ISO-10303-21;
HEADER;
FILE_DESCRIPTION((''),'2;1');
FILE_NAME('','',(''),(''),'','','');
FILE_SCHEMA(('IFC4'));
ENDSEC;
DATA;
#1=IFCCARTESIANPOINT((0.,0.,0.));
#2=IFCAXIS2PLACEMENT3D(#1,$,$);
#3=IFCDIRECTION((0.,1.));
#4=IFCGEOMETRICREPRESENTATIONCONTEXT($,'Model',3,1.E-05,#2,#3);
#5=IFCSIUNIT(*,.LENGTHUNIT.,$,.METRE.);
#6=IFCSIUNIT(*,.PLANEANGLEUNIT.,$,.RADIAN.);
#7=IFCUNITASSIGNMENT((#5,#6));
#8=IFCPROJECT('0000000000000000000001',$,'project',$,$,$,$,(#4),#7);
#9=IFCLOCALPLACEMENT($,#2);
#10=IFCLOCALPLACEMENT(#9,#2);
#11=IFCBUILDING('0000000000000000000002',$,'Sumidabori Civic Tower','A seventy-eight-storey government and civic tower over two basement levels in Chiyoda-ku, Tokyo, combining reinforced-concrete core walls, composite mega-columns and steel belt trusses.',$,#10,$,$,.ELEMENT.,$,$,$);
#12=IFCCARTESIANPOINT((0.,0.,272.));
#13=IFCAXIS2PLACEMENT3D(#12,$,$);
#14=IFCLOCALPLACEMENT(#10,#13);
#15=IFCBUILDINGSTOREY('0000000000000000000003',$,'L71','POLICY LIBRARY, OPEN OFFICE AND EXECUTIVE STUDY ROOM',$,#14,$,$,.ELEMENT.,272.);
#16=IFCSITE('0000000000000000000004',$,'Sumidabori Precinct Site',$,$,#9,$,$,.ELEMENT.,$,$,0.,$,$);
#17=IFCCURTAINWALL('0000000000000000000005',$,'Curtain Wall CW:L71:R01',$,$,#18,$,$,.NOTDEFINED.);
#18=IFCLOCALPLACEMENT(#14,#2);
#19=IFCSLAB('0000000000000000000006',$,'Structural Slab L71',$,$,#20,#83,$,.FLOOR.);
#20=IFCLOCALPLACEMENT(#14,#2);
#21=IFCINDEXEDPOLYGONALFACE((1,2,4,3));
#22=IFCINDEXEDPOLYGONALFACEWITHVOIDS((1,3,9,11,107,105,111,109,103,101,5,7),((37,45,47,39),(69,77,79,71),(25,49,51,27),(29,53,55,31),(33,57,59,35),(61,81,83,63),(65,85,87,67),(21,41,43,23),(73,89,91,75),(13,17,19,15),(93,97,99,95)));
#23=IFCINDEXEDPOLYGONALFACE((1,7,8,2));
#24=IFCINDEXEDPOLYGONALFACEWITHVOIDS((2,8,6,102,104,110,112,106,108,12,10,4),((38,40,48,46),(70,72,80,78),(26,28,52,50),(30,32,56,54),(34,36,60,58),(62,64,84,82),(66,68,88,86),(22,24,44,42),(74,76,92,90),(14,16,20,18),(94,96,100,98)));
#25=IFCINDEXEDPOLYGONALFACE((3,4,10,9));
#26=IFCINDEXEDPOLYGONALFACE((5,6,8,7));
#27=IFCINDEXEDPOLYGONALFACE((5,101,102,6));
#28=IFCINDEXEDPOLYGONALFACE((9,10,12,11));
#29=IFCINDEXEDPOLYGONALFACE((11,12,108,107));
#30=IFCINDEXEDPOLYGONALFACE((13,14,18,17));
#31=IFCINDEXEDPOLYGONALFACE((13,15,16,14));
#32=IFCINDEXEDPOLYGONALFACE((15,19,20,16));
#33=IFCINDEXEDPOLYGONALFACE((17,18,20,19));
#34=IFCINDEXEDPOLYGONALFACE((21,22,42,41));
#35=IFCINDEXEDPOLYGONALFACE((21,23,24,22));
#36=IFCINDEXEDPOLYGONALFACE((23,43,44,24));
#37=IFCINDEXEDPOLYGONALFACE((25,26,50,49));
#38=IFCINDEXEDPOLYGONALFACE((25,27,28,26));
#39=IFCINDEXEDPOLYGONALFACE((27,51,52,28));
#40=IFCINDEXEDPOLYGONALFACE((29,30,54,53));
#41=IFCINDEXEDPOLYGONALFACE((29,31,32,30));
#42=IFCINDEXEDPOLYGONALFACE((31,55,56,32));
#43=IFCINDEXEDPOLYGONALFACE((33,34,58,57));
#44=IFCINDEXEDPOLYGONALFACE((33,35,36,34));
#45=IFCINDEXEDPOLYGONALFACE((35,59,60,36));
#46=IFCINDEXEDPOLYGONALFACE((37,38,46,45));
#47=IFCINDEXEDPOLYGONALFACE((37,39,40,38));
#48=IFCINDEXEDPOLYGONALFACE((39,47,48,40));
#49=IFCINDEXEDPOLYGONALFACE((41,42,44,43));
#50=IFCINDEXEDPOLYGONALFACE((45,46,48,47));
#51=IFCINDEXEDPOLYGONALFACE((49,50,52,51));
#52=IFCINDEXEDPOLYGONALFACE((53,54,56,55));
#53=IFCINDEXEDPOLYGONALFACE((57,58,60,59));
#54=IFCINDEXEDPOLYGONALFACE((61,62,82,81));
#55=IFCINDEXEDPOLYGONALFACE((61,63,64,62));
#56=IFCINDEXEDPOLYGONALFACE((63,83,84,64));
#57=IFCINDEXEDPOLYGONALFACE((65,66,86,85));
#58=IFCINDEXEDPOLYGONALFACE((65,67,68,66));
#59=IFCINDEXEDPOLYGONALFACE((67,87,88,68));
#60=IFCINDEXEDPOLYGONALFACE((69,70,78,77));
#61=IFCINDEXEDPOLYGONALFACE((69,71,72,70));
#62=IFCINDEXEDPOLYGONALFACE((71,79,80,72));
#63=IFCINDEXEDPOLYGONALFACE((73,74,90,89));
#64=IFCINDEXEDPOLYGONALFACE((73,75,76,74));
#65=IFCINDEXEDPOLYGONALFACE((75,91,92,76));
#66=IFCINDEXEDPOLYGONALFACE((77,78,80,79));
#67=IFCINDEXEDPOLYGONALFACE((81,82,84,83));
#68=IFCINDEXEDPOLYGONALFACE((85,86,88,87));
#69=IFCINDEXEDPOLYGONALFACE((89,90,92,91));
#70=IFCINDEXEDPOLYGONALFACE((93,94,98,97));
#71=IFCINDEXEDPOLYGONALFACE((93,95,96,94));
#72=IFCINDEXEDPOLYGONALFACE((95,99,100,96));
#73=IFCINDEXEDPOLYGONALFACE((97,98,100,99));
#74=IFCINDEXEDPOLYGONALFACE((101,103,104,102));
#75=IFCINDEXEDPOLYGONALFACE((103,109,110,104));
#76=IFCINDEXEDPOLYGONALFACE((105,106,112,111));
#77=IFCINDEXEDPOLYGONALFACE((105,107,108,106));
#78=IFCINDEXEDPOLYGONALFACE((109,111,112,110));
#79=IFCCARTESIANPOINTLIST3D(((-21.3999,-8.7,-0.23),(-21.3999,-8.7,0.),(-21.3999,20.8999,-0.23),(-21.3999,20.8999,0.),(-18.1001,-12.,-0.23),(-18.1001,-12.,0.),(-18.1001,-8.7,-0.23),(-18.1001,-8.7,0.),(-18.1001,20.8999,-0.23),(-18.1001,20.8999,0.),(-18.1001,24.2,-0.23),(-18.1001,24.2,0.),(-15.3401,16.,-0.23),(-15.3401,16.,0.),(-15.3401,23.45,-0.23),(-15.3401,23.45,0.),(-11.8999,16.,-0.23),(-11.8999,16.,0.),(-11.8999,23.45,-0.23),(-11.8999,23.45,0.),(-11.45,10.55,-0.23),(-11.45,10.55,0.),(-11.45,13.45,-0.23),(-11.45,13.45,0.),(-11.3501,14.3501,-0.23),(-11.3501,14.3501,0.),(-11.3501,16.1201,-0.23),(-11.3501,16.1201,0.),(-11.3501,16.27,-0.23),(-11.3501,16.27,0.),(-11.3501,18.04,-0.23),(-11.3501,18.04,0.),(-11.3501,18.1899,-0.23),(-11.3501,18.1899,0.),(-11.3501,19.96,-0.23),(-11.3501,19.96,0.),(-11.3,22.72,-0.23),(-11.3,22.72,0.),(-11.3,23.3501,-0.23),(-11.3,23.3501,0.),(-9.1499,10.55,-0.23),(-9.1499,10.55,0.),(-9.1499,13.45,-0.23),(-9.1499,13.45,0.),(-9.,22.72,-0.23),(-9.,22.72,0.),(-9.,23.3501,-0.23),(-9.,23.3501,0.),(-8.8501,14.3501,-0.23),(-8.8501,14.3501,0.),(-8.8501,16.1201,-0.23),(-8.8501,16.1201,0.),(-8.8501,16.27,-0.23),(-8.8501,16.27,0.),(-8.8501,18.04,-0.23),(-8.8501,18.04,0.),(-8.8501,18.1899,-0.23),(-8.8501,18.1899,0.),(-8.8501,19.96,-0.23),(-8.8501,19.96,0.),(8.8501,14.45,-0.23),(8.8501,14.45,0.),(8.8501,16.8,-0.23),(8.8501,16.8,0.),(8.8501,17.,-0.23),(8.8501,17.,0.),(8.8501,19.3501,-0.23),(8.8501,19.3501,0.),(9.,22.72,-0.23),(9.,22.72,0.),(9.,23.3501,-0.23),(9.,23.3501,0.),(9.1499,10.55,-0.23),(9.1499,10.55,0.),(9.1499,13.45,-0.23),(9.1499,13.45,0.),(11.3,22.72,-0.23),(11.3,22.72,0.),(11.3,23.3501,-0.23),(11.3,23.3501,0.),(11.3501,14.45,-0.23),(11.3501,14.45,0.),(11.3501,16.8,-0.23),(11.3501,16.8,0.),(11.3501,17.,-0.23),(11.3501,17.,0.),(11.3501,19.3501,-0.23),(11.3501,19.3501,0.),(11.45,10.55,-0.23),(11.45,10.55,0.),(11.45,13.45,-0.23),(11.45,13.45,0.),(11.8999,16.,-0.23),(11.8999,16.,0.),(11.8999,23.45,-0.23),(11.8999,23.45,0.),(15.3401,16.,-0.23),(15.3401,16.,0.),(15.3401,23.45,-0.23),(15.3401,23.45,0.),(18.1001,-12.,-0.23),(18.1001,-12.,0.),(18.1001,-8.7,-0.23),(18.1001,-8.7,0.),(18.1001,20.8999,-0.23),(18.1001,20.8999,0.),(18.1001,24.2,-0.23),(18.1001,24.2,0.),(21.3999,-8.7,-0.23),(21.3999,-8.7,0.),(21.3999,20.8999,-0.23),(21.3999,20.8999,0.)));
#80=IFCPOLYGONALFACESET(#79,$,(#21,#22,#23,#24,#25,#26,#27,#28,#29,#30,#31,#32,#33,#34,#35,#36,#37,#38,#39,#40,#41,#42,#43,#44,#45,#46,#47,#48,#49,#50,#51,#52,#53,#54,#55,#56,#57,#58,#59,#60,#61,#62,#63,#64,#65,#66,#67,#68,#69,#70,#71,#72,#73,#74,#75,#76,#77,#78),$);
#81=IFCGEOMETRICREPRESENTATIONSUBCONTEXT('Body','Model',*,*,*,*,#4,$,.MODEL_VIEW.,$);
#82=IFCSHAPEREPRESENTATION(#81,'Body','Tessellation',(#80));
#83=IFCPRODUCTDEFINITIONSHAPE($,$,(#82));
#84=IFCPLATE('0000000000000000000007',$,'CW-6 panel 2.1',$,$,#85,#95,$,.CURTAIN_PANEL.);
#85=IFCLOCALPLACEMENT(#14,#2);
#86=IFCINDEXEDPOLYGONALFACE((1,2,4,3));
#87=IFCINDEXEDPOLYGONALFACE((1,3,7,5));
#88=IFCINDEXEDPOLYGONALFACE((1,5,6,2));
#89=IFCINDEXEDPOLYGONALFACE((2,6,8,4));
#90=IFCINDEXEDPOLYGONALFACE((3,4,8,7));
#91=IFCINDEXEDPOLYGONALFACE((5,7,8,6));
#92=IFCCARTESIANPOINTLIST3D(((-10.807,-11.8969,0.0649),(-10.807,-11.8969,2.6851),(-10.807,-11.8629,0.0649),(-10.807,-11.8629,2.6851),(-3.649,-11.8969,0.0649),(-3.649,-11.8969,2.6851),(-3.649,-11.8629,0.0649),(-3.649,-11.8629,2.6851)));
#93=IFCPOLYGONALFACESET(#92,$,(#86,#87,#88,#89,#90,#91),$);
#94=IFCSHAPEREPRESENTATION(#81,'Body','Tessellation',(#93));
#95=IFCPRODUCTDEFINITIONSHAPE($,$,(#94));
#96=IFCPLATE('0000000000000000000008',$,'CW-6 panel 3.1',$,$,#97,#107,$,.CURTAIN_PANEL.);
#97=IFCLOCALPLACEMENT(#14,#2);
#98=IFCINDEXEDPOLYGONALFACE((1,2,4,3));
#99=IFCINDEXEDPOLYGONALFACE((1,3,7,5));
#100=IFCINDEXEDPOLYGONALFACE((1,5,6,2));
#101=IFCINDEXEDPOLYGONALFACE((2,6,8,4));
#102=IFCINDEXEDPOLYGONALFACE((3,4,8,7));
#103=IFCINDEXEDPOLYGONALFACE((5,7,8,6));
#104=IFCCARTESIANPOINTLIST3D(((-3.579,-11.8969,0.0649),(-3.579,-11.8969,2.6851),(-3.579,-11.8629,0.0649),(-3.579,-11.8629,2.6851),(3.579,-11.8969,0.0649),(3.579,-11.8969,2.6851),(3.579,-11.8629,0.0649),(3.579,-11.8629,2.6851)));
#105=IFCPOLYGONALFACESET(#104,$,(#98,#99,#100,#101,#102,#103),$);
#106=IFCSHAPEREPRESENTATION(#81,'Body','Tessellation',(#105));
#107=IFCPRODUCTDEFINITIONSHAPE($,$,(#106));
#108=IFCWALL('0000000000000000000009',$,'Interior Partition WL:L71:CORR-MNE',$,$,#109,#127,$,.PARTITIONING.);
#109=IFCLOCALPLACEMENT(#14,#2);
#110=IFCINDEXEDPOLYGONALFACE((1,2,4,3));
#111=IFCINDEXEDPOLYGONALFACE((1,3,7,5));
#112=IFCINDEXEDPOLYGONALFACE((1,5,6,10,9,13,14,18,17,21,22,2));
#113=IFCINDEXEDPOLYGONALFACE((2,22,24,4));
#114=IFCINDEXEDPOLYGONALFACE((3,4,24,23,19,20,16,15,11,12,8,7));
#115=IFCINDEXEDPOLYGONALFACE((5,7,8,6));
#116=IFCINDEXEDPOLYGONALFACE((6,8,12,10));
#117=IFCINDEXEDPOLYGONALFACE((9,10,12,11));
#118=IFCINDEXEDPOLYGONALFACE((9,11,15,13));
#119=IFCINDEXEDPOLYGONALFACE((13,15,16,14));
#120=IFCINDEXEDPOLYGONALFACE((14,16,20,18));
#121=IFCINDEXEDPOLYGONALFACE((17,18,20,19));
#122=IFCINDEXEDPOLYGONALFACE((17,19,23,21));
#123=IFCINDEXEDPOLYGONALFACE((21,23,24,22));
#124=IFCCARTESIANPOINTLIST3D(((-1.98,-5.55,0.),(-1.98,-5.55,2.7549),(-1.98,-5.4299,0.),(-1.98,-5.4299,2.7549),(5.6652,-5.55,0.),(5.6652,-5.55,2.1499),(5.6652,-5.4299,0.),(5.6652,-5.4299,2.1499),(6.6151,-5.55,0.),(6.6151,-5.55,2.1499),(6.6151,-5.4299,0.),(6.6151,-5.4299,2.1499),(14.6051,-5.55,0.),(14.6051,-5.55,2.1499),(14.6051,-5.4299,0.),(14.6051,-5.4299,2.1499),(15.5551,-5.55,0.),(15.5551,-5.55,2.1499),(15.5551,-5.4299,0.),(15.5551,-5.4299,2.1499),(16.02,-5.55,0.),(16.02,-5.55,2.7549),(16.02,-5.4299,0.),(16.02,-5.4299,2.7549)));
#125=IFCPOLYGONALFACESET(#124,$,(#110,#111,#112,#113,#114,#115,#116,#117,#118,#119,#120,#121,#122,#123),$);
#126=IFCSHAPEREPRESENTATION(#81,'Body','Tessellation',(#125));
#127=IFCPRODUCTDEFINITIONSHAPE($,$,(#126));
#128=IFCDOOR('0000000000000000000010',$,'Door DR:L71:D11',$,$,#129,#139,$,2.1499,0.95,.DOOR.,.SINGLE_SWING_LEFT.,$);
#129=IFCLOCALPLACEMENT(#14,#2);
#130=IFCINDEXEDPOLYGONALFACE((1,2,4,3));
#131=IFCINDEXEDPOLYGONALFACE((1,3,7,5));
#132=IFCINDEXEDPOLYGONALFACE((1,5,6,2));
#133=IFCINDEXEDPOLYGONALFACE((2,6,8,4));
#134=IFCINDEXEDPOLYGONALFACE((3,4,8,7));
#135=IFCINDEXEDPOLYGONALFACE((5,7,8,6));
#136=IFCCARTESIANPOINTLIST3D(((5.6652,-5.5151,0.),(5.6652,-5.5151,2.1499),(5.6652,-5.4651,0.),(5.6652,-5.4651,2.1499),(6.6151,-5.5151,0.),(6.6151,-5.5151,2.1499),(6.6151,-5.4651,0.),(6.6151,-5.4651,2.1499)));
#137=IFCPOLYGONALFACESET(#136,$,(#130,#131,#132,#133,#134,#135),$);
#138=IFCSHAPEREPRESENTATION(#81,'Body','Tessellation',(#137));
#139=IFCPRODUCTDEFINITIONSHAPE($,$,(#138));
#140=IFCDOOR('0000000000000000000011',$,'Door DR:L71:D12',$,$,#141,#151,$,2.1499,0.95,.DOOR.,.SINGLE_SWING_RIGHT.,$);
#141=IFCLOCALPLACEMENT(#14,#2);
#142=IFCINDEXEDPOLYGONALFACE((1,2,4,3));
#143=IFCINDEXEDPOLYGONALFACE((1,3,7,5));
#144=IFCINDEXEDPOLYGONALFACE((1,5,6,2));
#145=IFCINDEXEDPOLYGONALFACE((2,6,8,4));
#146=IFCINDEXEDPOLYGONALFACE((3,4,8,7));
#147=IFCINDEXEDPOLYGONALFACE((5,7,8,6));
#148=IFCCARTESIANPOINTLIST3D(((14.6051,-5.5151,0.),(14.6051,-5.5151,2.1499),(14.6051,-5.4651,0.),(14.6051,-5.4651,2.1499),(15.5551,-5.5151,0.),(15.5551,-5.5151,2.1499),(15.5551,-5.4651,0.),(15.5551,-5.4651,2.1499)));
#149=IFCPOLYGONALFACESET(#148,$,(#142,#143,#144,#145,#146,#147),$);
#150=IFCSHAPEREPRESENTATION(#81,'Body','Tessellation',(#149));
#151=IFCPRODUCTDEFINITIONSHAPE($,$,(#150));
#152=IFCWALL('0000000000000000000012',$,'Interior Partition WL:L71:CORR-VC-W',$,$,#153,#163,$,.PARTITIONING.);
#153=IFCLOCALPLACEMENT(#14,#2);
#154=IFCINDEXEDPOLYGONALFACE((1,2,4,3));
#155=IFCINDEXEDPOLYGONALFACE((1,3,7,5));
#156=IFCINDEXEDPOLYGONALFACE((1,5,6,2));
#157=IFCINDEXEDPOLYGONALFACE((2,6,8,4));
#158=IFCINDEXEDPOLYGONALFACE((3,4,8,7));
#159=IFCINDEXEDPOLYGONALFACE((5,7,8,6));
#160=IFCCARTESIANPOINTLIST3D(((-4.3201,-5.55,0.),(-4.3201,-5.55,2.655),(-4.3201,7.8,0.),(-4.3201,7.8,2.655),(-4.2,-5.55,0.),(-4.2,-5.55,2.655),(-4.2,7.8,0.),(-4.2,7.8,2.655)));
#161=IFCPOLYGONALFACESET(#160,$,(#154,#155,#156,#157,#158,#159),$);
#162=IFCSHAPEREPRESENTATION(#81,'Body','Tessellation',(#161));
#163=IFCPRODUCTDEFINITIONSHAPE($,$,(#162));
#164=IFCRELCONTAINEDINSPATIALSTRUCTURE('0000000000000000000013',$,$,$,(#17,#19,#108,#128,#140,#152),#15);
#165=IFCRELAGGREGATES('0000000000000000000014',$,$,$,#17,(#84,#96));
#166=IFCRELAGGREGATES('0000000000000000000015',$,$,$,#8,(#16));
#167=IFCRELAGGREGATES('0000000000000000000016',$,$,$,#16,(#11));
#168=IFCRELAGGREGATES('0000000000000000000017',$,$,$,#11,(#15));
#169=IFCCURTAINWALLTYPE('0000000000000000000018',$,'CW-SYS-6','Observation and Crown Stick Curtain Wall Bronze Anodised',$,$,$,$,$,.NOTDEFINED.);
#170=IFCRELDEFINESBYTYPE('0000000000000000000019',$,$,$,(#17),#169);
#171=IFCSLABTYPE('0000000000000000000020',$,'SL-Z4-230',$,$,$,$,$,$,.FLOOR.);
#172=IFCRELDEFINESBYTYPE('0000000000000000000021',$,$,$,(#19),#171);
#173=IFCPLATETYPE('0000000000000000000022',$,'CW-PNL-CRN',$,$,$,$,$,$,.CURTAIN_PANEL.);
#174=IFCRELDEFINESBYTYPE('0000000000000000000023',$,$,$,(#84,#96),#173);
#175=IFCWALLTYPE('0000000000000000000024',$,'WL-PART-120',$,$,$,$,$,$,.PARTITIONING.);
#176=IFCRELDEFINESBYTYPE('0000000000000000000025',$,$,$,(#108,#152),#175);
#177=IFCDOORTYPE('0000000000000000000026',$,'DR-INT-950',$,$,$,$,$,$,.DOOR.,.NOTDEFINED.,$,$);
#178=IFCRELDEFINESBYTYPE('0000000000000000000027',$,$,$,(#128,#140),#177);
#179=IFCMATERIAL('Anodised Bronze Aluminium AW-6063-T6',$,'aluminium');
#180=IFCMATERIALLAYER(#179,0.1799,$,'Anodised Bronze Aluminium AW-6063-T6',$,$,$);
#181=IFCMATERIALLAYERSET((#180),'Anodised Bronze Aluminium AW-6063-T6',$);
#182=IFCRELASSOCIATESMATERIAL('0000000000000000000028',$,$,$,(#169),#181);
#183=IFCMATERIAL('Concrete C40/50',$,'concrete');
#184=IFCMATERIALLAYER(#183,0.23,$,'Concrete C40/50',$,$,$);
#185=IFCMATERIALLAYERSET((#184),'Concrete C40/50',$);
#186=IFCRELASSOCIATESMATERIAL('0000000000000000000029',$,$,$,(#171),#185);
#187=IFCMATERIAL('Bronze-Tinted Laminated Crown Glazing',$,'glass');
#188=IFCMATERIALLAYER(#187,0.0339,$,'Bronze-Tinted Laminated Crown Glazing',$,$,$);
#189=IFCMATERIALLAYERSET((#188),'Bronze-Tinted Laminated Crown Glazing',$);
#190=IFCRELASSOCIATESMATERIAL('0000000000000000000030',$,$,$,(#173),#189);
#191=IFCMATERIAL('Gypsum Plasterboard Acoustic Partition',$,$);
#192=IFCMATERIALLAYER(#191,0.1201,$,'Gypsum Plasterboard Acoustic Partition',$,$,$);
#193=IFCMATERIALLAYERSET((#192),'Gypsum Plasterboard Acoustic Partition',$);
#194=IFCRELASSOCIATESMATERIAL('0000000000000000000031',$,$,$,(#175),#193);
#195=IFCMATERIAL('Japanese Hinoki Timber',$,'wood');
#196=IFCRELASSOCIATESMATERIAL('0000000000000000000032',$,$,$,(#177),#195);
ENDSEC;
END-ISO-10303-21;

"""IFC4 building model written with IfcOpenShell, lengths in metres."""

from ifc_helpers import new_model, si_unit, direction, frame, frame_2d, origin, origin_2d, place, context, subcontext, project, spatial, polyline, rectangle, outline, extrude, source, transform, mapped, material, layer, layer_set, type_object, element, fill, aggregate, save


model = new_model("IFC4")

# Units and contexts
model_context = context("Model", 3, precision=1e-05, world=origin(), true_north=direction((0.0, 1.0)))
body_context = subcontext(model_context, "Body", "Model", "MODEL_VIEW")
ifc_project = project(units=[si_unit("LENGTHUNIT", "METRE"), si_unit("PLANEANGLEUNIT", "RADIAN")], contexts=[model_context])

# Site, building, storey
site_placement = place(None, origin())
site = spatial("IfcSite", under=ifc_project, at=site_placement, Name="Sumidabori Precinct Site", CompositionType="ELEMENT", RefElevation=0.0)
building_placement = place(site_placement, origin())
building = spatial("IfcBuilding", under=site, at=building_placement, Name="Sumidabori Civic Tower", Description="A seventy-eight-storey government and civic tower over two basement levels in Chiyoda-ku, Tokyo, combining reinforced-concrete core walls, composite mega-columns and steel belt trusses.", CompositionType="ELEMENT")
storey_placement = place(building_placement, frame((0.0, 0.0, 272.0)))
storey = spatial("IfcBuildingStorey", under=building, at=storey_placement, Name="L71", Description="POLICY LIBRARY, OPEN OFFICE AND EXECUTIVE STUDY ROOM", CompositionType="ELEMENT", Elevation=272.0)

# Curtain wall
ifc_material_1 = material(Name="Anodised Bronze Aluminium AW-6063-T6", Category="aluminium")
ifc_layer_1 = layer(ifc_material_1, 0.1799, Name="Anodised Bronze Aluminium AW-6063-T6")
ifc_layer_set_1 = layer_set([ifc_layer_1], Name="Anodised Bronze Aluminium AW-6063-T6")
curtain_wall_type = type_object("IfcCurtainWallType", Name="CW-SYS-6", Description="Observation and Crown Stick Curtain Wall Bronze Anodised", PredefinedType="NOTDEFINED", material=ifc_layer_set_1)
curtain_wall_placement = place(storey_placement, origin())
curtain_wall = element("IfcCurtainWall", 1, at=curtain_wall_placement, inside=storey, type_object=curtain_wall_type, Name="Curtain Wall CW:L71:R01", PredefinedType="NOTDEFINED")

# Slab
ifc_material_2 = material(Name="Concrete C40/50", Category="concrete")
ifc_layer_2 = layer(ifc_material_2, 0.23, Name="Concrete C40/50")
ifc_layer_set_2 = layer_set([ifc_layer_2], Name="Concrete C40/50")
slab_type_1 = type_object("IfcSlabType", Name="SL-Z4-230", PredefinedType="FLOOR", material=ifc_layer_set_2)
slab_1_placement = place(storey_placement, frame((0.0, 0.0, -0.23)))
element("IfcSlab", 2, at=slab_1_placement, inside=storey, type_object=slab_type_1, Name="Structural Slab L71", PredefinedType="FLOOR", context=body_context, shape_type="SweptSolid", body=[
    extrude(outline(polyline([(-18.1001, -12.0), (18.1001, -12.0), (18.1001, -8.7), (21.3999, -8.7), (21.3999, 20.8999), (18.1001, 20.8999), (18.1001, 24.2), (-18.1001, 24.2), (-18.1001, 20.8999), (-21.3999, 20.8999), (-21.3999, -8.7), (-18.1001, -8.7), (-18.1001, -12.0)]), holes=[polyline([(-11.8999, 16.0), (-11.8999, 23.45), (-15.3401, 23.45), (-15.3401, 16.0), (-11.8999, 16.0)]), polyline([(15.3401, 16.0), (15.3401, 23.45), (11.8999, 23.45), (11.8999, 16.0), (15.3401, 16.0)]), polyline([(-11.45, 10.55), (-9.1499, 10.55), (-9.1499, 13.45), (-11.45, 13.45), (-11.45, 10.55)]), polyline([(9.1499, 10.55), (11.45, 10.55), (11.45, 13.45), (9.1499, 13.45), (9.1499, 10.55)]), polyline([(-11.3501, 14.3501), (-8.8501, 14.3501), (-8.8501, 16.1201), (-11.3501, 16.1201), (-11.3501, 14.3501)]), polyline([(-11.3501, 16.27), (-8.8501, 16.27), (-8.8501, 18.04), (-11.3501, 18.04), (-11.3501, 16.27)]), polyline([(-11.3501, 18.1899), (-8.8501, 18.1899), (-8.8501, 19.96), (-11.3501, 19.96), (-11.3501, 18.1899)]), polyline([(8.8501, 14.45), (11.3501, 14.45), (11.3501, 16.8), (8.8501, 16.8), (8.8501, 14.45)]), polyline([(8.8501, 17.0), (11.3501, 17.0), (11.3501, 19.3501), (8.8501, 19.3501), (8.8501, 17.0)]), polyline([(-11.3, 22.72), (-9.0, 22.72), (-9.0, 23.3501), (-11.3, 23.3501), (-11.3, 22.72)]), polyline([(9.0, 22.72), (11.3, 22.72), (11.3, 23.3501), (9.0, 23.3501), (9.0, 22.72)])]), origin(), (0.0, 0.0, 1.0), 0.23),
])

# Plates
ifc_material_3 = material(Name="Bronze-Tinted Laminated Crown Glazing", Category="glass")
ifc_layer_3 = layer(ifc_material_3, 0.0339, Name="Bronze-Tinted Laminated Crown Glazing")
ifc_layer_set_3 = layer_set([ifc_layer_3], Name="Bronze-Tinted Laminated Crown Glazing")
plate_type = type_object("IfcPlateType", Name="CW-PNL-CRN", PredefinedType="CURTAIN_PANEL", material=ifc_layer_set_3)
shared_shape_1 = source(origin(), body_context, "Body", "SweptSolid", [
    extrude(rectangle(XDim=7.158, YDim=0.0339, at=origin_2d()), origin(), (0.0, 0.0, 1.0), 2.6201),
])
plate_1_placement = place(storey_placement, frame((-7.228, -11.8799, 0.0649), z_axis=(0.0, 0.0, 1.0), x_axis=(1.0, 0.0, 0.0)))
plate_1 = element("IfcPlate", 3, at=plate_1_placement, type_object=plate_type, Name="CW-6 panel 2.1", PredefinedType="CURTAIN_PANEL", context=body_context, shape_type="MappedRepresentation", body=[
    mapped(shared_shape_1, transform((0.0, 0.0, 0.0), x_axis=(1.0, 0.0, 0.0), y_axis=(0.0, 1.0, 0.0), z_axis=(0.0, 0.0, 1.0), scale=1.0)),
])
plate_2_placement = place(storey_placement, frame((0.0, -11.8799, 0.0649), z_axis=(0.0, 0.0, 1.0), x_axis=(1.0, 0.0, 0.0)))
plate_2 = element("IfcPlate", 4, at=plate_2_placement, type_object=plate_type, Name="CW-6 panel 3.1", PredefinedType="CURTAIN_PANEL", context=body_context, shape_type="MappedRepresentation", body=[
    mapped(shared_shape_1, transform((0.0, 0.0, 0.0), x_axis=(1.0, 0.0, 0.0), y_axis=(0.0, 1.0, 0.0), z_axis=(0.0, 0.0, 1.0), scale=1.0)),
])
aggregate(curtain_wall, [plate_1, plate_2])

# Wall, openings, doors
ifc_material_4 = material(Name="Gypsum Plasterboard Acoustic Partition")
ifc_layer_4 = layer(ifc_material_4, 0.1201, Name="Gypsum Plasterboard Acoustic Partition")
ifc_layer_set_4 = layer_set([ifc_layer_4], Name="Gypsum Plasterboard Acoustic Partition")
wall_type = type_object("IfcWallType", Name="WL-PART-120", PredefinedType="PARTITIONING", material=ifc_layer_set_4)
shared_shape_2 = source(origin(), body_context, "Body", "SweptSolid", [
    extrude(rectangle(XDim=18.0, YDim=0.1201, at=frame_2d((9.0, 0.0))), origin(), (0.0, 0.0, 1.0), 2.7549),
])
wall_1_placement = place(storey_placement, frame((-1.98, -5.49, 0.0), z_axis=(0.0, 0.0, 1.0), x_axis=(1.0, 0.0, 0.0)))
wall_1 = element("IfcWall", 5, at=wall_1_placement, inside=storey, type_object=wall_type, Name="Interior Partition WL:L71:CORR-MNE", PredefinedType="PARTITIONING", context=body_context, shape_type="MappedRepresentation", body=[
    mapped(shared_shape_2, transform((0.0, 0.0, 0.0), x_axis=(1.0, 0.0, 0.0), y_axis=(0.0, 1.0, 0.0), z_axis=(0.0, 0.0, 1.0), scale=1.0)),
])
opening_1_placement = place(wall_1_placement, frame((7.645, 0.0, 0.0)))
opening_1 = element("IfcOpeningElement", 6, at=opening_1_placement, cuts=wall_1, PredefinedType="OPENING", context=body_context, shape_type="SweptSolid", body=[
    extrude(rectangle(XDim=0.95, YDim=2.1499, at=frame_2d((0.4751, 1.075))), frame((0.0, 0.072, 0.0), z_axis=(0.0, -1.0, 0.0), x_axis=(1.0, 0.0, 0.0)), (0.0, 0.0, 1.0), 0.144),
])
opening_2_placement = place(wall_1_placement, frame((16.585, 0.0, 0.0)))
opening_2 = element("IfcOpeningElement", 7, at=opening_2_placement, cuts=wall_1, PredefinedType="OPENING", context=body_context, shape_type="SweptSolid", body=[
    extrude(rectangle(XDim=0.95, YDim=2.1499, at=frame_2d((0.4751, 1.075))), frame((0.0, 0.072, 0.0), z_axis=(0.0, -1.0, 0.0), x_axis=(1.0, 0.0, 0.0)), (0.0, 0.0, 1.0), 0.144),
])
ifc_material_5 = material(Name="Japanese Hinoki Timber", Category="wood")
door_type = type_object("IfcDoorType", Name="DR-INT-950", OperationType="NOTDEFINED", PredefinedType="DOOR", material=ifc_material_5)
shared_shape_3 = source(origin(), body_context, "Body", "SweptSolid", [
    extrude(rectangle(XDim=0.95, YDim=2.1499, at=frame_2d((0.4751, 1.075))), frame((0.0, 0.0249, 0.0), z_axis=(0.0, -1.0, 0.0), x_axis=(1.0, 0.0, 0.0)), (0.0, 0.0, 1.0), 0.05),
])
door_1_placement = place(opening_1_placement, origin())
door_1 = element("IfcDoor", 8, at=door_1_placement, inside=storey, type_object=door_type, Name="Door DR:L71:D11", OperationType="SINGLE_SWING_LEFT", OverallHeight=2.1499, OverallWidth=0.95, PredefinedType="DOOR", context=body_context, shape_type="MappedRepresentation", body=[
    mapped(shared_shape_3, transform((0.0, 0.0, 0.0), x_axis=(1.0, 0.0, 0.0), y_axis=(0.0, 1.0, 0.0), z_axis=(0.0, 0.0, 1.0), scale=1.0)),
])
fill(opening_1, door_1)
door_2_placement = place(opening_2_placement, origin())
door_2 = element("IfcDoor", 9, at=door_2_placement, inside=storey, type_object=door_type, Name="Door DR:L71:D12", OperationType="SINGLE_SWING_RIGHT", OverallHeight=2.1499, OverallWidth=0.95, PredefinedType="DOOR", context=body_context, shape_type="MappedRepresentation", body=[
    mapped(shared_shape_3, transform((0.0, 0.0, 0.0), x_axis=(1.0, 0.0, 0.0), y_axis=(0.0, 1.0, 0.0), z_axis=(0.0, 0.0, 1.0), scale=1.0)),
])
fill(opening_2, door_2)

# Wall
shared_shape_4 = source(origin(), body_context, "Body", "SweptSolid", [
    extrude(rectangle(XDim=13.3501, YDim=0.1201, at=frame_2d((6.675, 0.0))), origin(), (0.0, 0.0, 1.0), 2.655),
])
for number, where, z_axis, x_axis, name in (
    (10, (-4.26, -5.55, 0.0), (0.0, 0.0, 1.0), (0.0, 1.0, 0.0), "Interior Partition WL:L71:CORR-VC-W"),
):
    element("IfcWall", number, at=place(storey_placement, frame(where, z_axis=z_axis, x_axis=x_axis)), inside=storey, type_object=wall_type, Name=name, PredefinedType="PARTITIONING", context=body_context, shape_type="MappedRepresentation", body=[
        mapped(shared_shape_4, transform((0.0, 0.0, 0.0), x_axis=(1.0, 0.0, 0.0), y_axis=(0.0, 1.0, 0.0), z_axis=(0.0, 0.0, 1.0), scale=1.0)),
    ])

save(model, "model.ifc")
